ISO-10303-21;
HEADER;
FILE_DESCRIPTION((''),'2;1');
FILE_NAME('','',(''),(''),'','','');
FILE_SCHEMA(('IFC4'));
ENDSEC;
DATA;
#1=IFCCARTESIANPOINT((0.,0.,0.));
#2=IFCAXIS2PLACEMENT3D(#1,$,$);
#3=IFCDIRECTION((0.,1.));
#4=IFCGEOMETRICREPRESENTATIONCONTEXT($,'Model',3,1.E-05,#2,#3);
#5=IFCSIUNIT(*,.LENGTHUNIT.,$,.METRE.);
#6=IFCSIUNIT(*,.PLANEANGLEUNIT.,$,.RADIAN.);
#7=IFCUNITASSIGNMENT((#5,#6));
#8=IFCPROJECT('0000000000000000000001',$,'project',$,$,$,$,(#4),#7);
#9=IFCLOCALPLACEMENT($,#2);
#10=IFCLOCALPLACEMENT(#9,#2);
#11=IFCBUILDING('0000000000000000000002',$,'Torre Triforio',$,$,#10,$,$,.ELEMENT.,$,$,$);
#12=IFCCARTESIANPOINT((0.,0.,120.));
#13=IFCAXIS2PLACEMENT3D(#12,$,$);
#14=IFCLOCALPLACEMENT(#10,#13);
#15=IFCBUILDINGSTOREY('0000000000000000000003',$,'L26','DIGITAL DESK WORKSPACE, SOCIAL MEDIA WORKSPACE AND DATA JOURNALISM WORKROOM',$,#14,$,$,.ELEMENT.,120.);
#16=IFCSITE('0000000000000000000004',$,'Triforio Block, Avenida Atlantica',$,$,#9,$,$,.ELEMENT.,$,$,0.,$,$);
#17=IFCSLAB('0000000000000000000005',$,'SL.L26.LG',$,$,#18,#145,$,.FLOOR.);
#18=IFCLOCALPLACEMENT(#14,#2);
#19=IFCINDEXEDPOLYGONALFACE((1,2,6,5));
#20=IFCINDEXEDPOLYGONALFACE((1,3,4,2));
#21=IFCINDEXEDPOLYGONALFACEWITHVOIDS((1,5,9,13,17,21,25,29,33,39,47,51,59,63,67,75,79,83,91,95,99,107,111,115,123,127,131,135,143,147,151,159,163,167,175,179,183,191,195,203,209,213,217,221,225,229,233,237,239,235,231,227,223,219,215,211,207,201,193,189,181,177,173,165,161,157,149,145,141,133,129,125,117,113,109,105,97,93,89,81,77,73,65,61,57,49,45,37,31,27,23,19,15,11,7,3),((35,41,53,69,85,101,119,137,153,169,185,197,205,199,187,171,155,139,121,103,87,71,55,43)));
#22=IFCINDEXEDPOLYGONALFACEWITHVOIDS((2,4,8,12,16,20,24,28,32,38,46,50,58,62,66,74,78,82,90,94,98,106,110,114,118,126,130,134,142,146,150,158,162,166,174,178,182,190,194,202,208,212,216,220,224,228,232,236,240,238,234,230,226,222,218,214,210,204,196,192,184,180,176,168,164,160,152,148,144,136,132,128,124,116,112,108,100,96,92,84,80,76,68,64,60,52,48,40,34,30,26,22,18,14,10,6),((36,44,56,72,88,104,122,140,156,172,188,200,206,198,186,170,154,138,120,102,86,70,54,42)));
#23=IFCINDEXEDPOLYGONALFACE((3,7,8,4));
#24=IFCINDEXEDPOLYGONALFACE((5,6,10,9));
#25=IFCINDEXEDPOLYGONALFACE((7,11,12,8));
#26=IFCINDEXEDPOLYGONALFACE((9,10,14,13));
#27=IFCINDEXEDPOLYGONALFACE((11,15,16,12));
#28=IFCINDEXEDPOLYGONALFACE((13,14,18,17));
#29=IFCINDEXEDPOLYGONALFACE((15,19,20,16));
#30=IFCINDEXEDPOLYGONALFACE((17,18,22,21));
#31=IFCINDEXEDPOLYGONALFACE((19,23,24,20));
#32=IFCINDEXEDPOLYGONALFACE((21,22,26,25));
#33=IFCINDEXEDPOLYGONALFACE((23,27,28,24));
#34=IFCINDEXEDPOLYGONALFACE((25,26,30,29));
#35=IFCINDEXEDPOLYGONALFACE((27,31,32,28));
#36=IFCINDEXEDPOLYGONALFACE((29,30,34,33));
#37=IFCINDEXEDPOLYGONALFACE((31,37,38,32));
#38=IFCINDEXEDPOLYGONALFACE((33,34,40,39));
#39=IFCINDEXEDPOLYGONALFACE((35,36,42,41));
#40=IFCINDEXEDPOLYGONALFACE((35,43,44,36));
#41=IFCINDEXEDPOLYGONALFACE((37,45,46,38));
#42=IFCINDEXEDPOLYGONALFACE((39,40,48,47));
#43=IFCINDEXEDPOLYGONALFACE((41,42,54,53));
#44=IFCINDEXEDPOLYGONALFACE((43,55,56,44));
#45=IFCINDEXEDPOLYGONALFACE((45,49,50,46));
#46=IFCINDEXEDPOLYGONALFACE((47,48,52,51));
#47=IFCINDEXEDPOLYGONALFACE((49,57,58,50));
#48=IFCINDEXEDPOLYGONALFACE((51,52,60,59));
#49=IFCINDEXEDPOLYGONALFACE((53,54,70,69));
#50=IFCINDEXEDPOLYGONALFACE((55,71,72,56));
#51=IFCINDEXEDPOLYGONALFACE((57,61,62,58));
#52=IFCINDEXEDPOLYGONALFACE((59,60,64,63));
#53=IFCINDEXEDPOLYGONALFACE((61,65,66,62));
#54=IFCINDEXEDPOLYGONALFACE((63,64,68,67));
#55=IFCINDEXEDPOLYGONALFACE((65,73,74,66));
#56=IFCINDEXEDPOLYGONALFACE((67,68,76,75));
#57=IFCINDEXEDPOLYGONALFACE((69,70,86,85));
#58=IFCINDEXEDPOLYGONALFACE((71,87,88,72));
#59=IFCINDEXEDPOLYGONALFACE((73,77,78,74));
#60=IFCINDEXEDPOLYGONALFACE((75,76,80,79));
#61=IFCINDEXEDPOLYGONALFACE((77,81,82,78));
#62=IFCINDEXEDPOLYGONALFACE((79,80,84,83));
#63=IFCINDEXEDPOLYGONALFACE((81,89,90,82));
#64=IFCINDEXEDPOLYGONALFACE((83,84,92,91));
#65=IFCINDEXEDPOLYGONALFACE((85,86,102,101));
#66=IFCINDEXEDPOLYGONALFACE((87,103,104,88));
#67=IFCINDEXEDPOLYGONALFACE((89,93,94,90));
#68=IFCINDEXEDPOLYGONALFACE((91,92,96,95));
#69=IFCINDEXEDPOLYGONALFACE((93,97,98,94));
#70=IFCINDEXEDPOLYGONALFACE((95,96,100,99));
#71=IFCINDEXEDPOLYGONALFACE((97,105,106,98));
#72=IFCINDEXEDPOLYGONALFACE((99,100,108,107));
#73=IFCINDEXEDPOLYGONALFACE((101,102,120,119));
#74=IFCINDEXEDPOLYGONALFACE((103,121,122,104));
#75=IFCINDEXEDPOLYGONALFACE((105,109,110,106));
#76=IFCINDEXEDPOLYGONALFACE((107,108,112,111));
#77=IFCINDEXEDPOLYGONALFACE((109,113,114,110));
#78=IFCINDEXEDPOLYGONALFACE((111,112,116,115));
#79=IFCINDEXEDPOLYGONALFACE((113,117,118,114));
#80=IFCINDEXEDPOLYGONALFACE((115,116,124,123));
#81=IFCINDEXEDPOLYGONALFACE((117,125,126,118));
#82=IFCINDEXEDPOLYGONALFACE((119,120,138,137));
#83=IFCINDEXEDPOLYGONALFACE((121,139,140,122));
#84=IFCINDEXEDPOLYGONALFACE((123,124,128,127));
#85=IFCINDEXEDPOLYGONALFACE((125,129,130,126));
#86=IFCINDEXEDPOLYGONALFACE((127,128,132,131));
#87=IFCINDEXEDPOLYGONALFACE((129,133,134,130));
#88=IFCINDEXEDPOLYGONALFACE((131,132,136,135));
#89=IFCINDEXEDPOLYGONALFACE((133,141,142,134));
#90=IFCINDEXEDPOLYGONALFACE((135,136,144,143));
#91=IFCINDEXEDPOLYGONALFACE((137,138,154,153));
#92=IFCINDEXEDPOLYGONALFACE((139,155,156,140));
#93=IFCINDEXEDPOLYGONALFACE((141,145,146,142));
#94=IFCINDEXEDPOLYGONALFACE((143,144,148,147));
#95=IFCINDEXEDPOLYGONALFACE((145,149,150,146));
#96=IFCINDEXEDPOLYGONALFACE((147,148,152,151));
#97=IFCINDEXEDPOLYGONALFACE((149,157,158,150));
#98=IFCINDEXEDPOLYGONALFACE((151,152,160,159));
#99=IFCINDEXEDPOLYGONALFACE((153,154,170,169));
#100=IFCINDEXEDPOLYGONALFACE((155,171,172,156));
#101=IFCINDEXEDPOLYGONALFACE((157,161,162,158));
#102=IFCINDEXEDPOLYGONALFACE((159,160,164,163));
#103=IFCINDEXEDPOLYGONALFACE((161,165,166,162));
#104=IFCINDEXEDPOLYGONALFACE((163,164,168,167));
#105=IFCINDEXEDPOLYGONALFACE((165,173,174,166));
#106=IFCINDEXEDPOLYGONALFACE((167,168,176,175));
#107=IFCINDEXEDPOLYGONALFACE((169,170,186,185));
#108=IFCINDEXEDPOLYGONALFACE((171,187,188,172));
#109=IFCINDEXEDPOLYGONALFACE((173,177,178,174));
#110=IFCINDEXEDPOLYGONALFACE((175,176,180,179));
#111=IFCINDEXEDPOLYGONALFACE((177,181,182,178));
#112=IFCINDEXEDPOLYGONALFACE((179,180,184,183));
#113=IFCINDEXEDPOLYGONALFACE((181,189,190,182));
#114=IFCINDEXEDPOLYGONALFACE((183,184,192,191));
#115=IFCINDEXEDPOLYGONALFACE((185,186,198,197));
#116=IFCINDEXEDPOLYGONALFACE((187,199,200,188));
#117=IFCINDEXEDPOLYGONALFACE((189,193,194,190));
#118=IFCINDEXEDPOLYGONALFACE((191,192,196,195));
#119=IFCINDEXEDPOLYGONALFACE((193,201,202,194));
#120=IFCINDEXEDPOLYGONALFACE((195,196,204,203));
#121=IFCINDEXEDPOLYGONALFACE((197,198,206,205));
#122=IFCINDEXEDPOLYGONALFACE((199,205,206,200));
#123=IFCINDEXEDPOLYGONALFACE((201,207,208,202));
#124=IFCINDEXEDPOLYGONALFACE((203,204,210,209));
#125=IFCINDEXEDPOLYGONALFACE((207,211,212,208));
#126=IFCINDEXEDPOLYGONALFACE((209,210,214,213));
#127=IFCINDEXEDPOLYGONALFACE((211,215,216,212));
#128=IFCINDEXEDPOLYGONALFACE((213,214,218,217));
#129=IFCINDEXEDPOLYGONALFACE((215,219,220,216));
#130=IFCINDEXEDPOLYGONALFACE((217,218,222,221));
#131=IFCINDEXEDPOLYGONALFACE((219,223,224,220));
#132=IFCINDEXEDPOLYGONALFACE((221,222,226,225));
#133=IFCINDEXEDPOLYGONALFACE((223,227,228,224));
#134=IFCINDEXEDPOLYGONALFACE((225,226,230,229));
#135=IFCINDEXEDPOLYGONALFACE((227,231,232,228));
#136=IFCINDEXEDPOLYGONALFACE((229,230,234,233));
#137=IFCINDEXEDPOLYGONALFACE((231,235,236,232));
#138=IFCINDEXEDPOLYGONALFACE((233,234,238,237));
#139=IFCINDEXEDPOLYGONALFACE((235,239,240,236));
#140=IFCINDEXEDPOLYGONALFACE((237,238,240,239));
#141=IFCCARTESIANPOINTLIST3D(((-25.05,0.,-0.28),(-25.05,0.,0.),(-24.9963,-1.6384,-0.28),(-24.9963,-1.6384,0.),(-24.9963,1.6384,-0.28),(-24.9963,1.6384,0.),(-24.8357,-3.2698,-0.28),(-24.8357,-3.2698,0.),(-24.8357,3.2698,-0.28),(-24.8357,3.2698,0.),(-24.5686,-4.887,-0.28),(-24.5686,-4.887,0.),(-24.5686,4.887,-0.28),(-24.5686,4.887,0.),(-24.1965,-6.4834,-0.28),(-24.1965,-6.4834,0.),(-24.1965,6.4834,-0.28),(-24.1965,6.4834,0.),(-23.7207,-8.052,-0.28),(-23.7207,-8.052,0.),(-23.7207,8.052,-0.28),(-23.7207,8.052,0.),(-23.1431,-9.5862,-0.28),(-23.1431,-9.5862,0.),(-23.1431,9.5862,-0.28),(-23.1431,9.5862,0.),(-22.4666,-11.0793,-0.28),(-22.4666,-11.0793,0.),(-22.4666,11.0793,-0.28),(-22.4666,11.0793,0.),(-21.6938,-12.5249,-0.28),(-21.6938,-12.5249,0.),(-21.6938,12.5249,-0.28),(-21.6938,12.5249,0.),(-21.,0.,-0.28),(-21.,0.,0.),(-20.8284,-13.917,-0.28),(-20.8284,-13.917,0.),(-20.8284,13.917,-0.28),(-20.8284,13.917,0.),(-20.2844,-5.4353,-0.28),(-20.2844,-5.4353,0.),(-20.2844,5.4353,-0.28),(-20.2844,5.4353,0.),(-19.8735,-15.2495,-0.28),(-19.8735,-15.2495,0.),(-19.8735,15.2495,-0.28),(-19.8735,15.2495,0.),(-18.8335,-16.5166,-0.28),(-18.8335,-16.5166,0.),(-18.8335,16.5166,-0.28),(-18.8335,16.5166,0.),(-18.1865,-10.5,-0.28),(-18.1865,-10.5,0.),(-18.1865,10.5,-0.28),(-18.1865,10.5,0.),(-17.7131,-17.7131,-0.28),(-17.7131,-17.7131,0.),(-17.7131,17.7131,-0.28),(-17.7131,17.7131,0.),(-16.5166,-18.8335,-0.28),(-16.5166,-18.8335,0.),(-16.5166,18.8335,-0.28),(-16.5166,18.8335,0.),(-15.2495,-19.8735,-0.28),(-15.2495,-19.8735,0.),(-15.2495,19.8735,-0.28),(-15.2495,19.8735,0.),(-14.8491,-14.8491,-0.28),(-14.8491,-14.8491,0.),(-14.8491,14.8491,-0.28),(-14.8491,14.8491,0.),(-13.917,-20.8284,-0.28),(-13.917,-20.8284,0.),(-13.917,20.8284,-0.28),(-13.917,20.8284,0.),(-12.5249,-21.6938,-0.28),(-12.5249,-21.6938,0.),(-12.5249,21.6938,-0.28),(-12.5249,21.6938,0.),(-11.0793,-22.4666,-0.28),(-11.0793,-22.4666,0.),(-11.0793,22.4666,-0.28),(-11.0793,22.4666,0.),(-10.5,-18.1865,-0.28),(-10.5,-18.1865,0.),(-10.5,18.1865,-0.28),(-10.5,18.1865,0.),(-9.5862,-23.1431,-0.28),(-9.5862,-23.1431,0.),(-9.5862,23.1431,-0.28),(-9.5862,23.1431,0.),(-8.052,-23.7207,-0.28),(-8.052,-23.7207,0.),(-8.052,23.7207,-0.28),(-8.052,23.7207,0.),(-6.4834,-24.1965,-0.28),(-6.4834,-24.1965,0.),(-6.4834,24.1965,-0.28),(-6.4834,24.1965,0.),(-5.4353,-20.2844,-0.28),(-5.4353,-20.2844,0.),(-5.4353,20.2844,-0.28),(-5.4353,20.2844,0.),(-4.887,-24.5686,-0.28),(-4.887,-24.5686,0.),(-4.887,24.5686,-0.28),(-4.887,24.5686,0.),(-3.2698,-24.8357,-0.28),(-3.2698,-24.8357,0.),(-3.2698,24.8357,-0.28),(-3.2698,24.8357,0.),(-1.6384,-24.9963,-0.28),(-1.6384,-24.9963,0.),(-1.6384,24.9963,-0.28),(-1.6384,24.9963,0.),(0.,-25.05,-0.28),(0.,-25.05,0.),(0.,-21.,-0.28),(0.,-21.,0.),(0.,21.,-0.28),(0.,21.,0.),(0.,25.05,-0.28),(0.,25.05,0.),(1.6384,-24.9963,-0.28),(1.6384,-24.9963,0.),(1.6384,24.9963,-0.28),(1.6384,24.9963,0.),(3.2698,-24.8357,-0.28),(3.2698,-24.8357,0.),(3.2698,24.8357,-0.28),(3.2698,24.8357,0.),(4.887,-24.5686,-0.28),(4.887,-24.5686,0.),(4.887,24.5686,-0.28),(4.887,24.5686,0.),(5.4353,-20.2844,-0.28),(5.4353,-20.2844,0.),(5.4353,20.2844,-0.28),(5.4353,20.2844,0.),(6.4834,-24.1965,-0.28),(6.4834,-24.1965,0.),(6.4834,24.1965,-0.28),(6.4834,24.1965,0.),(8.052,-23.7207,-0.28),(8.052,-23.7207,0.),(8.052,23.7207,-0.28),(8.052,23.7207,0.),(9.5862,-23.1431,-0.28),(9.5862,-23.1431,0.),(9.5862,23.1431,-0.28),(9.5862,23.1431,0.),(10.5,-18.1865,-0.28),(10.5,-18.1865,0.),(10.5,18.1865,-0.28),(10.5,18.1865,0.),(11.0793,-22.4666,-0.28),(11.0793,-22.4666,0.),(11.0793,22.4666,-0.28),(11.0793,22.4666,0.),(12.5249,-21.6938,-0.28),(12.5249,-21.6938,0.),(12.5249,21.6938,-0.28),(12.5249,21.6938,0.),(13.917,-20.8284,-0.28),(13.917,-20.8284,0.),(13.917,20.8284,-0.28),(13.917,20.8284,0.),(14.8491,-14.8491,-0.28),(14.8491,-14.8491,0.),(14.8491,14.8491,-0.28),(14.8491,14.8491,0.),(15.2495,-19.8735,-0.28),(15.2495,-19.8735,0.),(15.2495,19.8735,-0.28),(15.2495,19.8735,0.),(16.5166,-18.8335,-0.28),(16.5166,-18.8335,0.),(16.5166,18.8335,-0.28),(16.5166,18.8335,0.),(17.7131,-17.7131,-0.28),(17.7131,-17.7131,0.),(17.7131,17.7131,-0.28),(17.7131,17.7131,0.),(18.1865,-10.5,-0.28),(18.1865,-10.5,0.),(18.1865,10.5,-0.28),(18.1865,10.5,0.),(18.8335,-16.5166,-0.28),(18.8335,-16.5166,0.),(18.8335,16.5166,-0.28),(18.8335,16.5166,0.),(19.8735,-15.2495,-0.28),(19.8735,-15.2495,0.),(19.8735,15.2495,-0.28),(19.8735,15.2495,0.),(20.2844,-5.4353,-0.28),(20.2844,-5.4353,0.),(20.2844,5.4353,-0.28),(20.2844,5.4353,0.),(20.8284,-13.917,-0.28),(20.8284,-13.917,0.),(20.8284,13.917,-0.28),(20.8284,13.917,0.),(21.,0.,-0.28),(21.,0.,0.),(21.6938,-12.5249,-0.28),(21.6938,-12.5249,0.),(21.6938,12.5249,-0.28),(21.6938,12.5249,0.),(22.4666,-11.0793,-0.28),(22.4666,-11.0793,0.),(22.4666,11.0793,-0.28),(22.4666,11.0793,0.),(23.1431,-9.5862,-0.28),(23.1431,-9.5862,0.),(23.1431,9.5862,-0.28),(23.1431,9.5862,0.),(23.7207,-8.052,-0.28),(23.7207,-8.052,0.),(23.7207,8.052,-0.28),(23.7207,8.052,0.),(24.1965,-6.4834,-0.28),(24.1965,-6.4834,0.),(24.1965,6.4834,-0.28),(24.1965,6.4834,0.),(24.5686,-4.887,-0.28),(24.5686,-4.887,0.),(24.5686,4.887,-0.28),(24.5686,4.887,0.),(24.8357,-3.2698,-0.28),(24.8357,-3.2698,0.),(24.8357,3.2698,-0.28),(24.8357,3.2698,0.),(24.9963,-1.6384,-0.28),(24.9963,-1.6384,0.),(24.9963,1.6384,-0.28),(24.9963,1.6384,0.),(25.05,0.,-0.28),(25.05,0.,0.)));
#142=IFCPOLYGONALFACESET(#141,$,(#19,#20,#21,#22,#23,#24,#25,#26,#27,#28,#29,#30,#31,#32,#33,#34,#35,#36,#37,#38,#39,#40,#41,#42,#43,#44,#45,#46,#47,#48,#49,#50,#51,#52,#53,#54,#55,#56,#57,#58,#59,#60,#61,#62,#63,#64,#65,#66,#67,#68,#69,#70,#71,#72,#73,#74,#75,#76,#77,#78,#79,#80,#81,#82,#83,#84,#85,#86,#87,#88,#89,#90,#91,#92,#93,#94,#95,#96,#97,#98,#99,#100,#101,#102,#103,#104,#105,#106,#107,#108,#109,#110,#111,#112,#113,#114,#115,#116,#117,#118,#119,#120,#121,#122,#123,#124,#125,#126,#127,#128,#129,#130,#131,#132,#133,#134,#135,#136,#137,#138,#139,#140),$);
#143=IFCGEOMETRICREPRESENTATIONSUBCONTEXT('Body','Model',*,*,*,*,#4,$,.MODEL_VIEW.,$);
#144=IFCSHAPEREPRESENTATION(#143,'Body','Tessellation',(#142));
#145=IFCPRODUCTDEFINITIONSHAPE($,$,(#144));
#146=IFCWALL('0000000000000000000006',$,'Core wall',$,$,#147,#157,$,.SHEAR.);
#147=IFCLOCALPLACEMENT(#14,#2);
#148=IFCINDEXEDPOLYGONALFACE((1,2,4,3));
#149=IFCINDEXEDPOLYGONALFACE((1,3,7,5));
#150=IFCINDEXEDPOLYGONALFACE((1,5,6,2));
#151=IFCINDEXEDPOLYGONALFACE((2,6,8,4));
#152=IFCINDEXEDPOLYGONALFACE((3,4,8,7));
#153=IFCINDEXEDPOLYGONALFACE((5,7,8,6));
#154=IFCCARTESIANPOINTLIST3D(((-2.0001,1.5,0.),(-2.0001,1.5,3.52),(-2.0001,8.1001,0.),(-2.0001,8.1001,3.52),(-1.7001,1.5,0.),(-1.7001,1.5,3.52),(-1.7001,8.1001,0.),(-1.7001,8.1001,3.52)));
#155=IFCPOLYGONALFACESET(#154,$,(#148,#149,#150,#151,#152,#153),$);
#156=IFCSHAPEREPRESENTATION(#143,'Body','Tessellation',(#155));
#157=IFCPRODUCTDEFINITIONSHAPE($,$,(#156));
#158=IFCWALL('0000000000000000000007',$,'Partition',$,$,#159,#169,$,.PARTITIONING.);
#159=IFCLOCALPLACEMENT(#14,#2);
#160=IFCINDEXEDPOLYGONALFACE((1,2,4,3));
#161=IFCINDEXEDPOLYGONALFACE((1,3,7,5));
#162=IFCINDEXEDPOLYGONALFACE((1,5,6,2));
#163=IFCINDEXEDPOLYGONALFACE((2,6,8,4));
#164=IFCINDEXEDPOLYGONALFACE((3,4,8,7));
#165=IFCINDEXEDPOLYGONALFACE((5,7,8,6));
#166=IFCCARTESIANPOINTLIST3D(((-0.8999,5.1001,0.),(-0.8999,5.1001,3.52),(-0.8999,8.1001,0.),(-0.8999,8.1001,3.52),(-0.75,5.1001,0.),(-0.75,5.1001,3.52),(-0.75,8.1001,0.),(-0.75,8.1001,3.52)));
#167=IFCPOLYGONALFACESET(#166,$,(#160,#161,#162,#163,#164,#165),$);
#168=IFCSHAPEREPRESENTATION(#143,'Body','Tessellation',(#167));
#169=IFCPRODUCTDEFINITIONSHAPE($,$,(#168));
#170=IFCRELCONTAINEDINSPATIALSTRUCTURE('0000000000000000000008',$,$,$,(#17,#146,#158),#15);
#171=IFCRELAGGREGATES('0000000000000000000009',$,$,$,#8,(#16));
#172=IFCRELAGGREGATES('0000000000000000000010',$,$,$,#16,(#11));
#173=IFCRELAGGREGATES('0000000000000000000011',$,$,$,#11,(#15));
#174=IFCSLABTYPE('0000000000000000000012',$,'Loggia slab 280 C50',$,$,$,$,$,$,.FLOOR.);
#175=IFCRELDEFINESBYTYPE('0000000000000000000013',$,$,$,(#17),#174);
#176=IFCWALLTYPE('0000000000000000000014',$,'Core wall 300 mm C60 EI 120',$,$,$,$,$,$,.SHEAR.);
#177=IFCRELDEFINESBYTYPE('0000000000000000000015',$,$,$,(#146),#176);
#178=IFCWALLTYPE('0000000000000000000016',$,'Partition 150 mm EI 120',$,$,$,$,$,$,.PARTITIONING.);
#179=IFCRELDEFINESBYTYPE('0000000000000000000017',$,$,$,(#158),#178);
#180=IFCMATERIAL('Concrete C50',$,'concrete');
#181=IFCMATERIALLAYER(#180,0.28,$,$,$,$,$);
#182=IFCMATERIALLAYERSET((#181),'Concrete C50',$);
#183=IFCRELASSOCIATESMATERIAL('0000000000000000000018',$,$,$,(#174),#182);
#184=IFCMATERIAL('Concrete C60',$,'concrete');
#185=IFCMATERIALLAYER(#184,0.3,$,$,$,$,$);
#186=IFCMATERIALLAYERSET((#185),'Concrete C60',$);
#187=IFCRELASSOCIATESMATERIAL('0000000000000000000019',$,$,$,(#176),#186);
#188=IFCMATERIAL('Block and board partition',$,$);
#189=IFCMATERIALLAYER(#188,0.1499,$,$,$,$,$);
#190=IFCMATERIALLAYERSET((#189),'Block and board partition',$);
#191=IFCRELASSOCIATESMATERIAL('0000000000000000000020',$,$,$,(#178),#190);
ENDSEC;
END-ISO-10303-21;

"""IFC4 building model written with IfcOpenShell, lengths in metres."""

from ifc_helpers import new_model, si_unit, direction, frame, frame_2d, origin, place, context, subcontext, project, spatial, polyline, rectangle, outline, extrude, material, layer, layer_set, type_object, element, save


model = new_model("IFC4")

# Units and contexts
model_context = context("Model", 3, precision=1e-05, world=origin(), true_north=direction((0.0, 1.0)))
body_context = subcontext(model_context, "Body", "Model", "MODEL_VIEW")
ifc_project = project(units=[si_unit("LENGTHUNIT", "METRE"), si_unit("PLANEANGLEUNIT", "RADIAN")], contexts=[model_context])

# Site, building, storey
site_placement = place(None, origin())
site = spatial("IfcSite", under=ifc_project, at=site_placement, Name="Triforio Block, Avenida Atlantica", CompositionType="ELEMENT", RefElevation=0.0)
building_placement = place(site_placement, origin())
building = spatial("IfcBuilding", under=site, at=building_placement, Name="Torre Triforio", CompositionType="ELEMENT")
storey_placement = place(building_placement, frame((0.0, 0.0, 120.0)))
storey = spatial("IfcBuildingStorey", under=building, at=storey_placement, Name="L26", Description="DIGITAL DESK WORKSPACE, SOCIAL MEDIA WORKSPACE AND DATA JOURNALISM WORKROOM", CompositionType="ELEMENT", Elevation=120.0)

# Shared definitions
ifc_material_1 = material(Name="Concrete C50", Category="concrete")

# Slab
ifc_layer_1 = layer(ifc_material_1, 0.28)
ifc_layer_set_1 = layer_set([ifc_layer_1], Name="Concrete C50")
slab_type_1 = type_object("IfcSlabType", Name="Loggia slab 280 C50", PredefinedType="FLOOR", material=ifc_layer_set_1)
slab_1_placement = place(storey_placement, frame((0.0, 0.0, -0.28)))
element("IfcSlab", 1, at=slab_1_placement, inside=storey, type_object=slab_type_1, Name="SL.L26.LG", PredefinedType="FLOOR", context=body_context, shape_type="SweptSolid", body=[
    extrude(outline(polyline([(24.9963, -1.6384), (25.05, 0.0), (24.9963, 1.6384), (24.8357, 3.2698), (24.5686, 4.887), (24.1965, 6.4834), (23.7207, 8.052), (23.1431, 9.5862), (22.4666, 11.0793), (21.6938, 12.5249), (20.8284, 13.917), (19.8735, 15.2495), (18.8335, 16.5166), (17.7131, 17.7131), (16.5166, 18.8335), (15.2495, 19.8735), (13.917, 20.8284), (12.5249, 21.6938), (11.0793, 22.4666), (9.5862, 23.1431), (8.052, 23.7207), (6.4834, 24.1965), (4.887, 24.5686), (3.2698, 24.8357), (1.6384, 24.9963), (0.0, 25.05), (-1.6384, 24.9963), (-3.2698, 24.8357), (-4.887, 24.5686), (-6.4834, 24.1965), (-8.052, 23.7207), (-9.5862, 23.1431), (-11.0793, 22.4666), (-12.5249, 21.6938), (-13.917, 20.8284), (-15.2495, 19.8735), (-16.5166, 18.8335), (-17.7131, 17.7131), (-18.8335, 16.5166), (-19.8735, 15.2495), (-20.8284, 13.917), (-21.6938, 12.5249), (-22.4666, 11.0793), (-23.1431, 9.5862), (-23.7207, 8.052), (-24.1965, 6.4834), (-24.5686, 4.887), (-24.8357, 3.2698), (-24.9963, 1.6384), (-25.05, 0.0), (-24.9963, -1.6384), (-24.8357, -3.2698), (-24.5686, -4.887), (-24.1965, -6.4834), (-23.7207, -8.052), (-23.1431, -9.5862), (-22.4666, -11.0793), (-21.6938, -12.5249), (-20.8284, -13.917), (-19.8735, -15.2495), (-18.8335, -16.5166), (-17.7131, -17.7131), (-16.5166, -18.8335), (-15.2495, -19.8735), (-13.917, -20.8284), (-12.5249, -21.6938), (-11.0793, -22.4666), (-9.5862, -23.1431), (-8.052, -23.7207), (-6.4834, -24.1965), (-4.887, -24.5686), (-3.2698, -24.8357), (-1.6384, -24.9963), (0.0, -25.05), (1.6384, -24.9963), (3.2698, -24.8357), (4.887, -24.5686), (6.4834, -24.1965), (8.052, -23.7207), (9.5862, -23.1431), (11.0793, -22.4666), (12.5249, -21.6938), (13.917, -20.8284), (15.2495, -19.8735), (16.5166, -18.8335), (17.7131, -17.7131), (18.8335, -16.5166), (19.8735, -15.2495), (20.8284, -13.917), (21.6938, -12.5249), (22.4666, -11.0793), (23.1431, -9.5862), (23.7207, -8.052), (24.1965, -6.4834), (24.5686, -4.887), (24.8357, -3.2698), (24.9963, -1.6384)]), holes=[polyline([(20.2844, 5.4353), (21.0, 0.0), (20.2844, -5.4353), (18.1865, -10.5), (14.8491, -14.8491), (10.5, -18.1865), (5.4353, -20.2844), (0.0, -21.0), (-5.4353, -20.2844), (-10.5, -18.1865), (-14.8491, -14.8491), (-18.1865, -10.5), (-20.2844, -5.4353), (-21.0, 0.0), (-20.2844, 5.4353), (-18.1865, 10.5), (-14.8491, 14.8491), (-10.5, 18.1865), (-5.4353, 20.2844), (0.0, 21.0), (5.4353, 20.2844), (10.5, 18.1865), (14.8491, 14.8491), (18.1865, 10.5), (20.2844, 5.4353)])]), origin(), (0.0, 0.0, 1.0), 0.28),
])

# Walls
ifc_material_2 = material(Name="Concrete C60", Category="concrete")
ifc_layer_2 = layer(ifc_material_2, 0.3)
ifc_layer_set_2 = layer_set([ifc_layer_2], Name="Concrete C60")
wall_type_1 = type_object("IfcWallType", Name="Core wall 300 mm C60 EI 120", PredefinedType="SHEAR", material=ifc_layer_set_2)
wall_1_placement = place(storey_placement, frame((-1.8501, 1.5, 0.0), z_axis=(0.0, 0.0, 1.0), x_axis=(0.0, 1.0, 0.0)))
element("IfcWall", 2, at=wall_1_placement, inside=storey, type_object=wall_type_1, Name="Core wall", PredefinedType="SHEAR", context=body_context, shape_type="SweptSolid", body=[
    extrude(rectangle(XDim=6.6001, YDim=0.3, at=frame_2d((3.3, 0.0))), origin(), (0.0, 0.0, 1.0), 3.52),
])
ifc_material_3 = material(Name="Block and board partition")
ifc_layer_3 = layer(ifc_material_3, 0.1499)
ifc_layer_set_3 = layer_set([ifc_layer_3], Name="Block and board partition")
wall_type_2 = type_object("IfcWallType", Name="Partition 150 mm EI 120", PredefinedType="PARTITIONING", material=ifc_layer_set_3)
wall_2_placement = place(storey_placement, frame((-0.825, 5.1001, 0.0), z_axis=(0.0, 0.0, 1.0), x_axis=(0.0, 1.0, 0.0)))
element("IfcWall", 3, at=wall_2_placement, inside=storey, type_object=wall_type_2, Name="Partition", PredefinedType="PARTITIONING", context=body_context, shape_type="SweptSolid", body=[
    extrude(rectangle(XDim=3.0, YDim=0.1499, at=frame_2d((1.5, 0.0))), origin(), (0.0, 0.0, 1.0), 3.52),
])

save(model, "model.ifc")
